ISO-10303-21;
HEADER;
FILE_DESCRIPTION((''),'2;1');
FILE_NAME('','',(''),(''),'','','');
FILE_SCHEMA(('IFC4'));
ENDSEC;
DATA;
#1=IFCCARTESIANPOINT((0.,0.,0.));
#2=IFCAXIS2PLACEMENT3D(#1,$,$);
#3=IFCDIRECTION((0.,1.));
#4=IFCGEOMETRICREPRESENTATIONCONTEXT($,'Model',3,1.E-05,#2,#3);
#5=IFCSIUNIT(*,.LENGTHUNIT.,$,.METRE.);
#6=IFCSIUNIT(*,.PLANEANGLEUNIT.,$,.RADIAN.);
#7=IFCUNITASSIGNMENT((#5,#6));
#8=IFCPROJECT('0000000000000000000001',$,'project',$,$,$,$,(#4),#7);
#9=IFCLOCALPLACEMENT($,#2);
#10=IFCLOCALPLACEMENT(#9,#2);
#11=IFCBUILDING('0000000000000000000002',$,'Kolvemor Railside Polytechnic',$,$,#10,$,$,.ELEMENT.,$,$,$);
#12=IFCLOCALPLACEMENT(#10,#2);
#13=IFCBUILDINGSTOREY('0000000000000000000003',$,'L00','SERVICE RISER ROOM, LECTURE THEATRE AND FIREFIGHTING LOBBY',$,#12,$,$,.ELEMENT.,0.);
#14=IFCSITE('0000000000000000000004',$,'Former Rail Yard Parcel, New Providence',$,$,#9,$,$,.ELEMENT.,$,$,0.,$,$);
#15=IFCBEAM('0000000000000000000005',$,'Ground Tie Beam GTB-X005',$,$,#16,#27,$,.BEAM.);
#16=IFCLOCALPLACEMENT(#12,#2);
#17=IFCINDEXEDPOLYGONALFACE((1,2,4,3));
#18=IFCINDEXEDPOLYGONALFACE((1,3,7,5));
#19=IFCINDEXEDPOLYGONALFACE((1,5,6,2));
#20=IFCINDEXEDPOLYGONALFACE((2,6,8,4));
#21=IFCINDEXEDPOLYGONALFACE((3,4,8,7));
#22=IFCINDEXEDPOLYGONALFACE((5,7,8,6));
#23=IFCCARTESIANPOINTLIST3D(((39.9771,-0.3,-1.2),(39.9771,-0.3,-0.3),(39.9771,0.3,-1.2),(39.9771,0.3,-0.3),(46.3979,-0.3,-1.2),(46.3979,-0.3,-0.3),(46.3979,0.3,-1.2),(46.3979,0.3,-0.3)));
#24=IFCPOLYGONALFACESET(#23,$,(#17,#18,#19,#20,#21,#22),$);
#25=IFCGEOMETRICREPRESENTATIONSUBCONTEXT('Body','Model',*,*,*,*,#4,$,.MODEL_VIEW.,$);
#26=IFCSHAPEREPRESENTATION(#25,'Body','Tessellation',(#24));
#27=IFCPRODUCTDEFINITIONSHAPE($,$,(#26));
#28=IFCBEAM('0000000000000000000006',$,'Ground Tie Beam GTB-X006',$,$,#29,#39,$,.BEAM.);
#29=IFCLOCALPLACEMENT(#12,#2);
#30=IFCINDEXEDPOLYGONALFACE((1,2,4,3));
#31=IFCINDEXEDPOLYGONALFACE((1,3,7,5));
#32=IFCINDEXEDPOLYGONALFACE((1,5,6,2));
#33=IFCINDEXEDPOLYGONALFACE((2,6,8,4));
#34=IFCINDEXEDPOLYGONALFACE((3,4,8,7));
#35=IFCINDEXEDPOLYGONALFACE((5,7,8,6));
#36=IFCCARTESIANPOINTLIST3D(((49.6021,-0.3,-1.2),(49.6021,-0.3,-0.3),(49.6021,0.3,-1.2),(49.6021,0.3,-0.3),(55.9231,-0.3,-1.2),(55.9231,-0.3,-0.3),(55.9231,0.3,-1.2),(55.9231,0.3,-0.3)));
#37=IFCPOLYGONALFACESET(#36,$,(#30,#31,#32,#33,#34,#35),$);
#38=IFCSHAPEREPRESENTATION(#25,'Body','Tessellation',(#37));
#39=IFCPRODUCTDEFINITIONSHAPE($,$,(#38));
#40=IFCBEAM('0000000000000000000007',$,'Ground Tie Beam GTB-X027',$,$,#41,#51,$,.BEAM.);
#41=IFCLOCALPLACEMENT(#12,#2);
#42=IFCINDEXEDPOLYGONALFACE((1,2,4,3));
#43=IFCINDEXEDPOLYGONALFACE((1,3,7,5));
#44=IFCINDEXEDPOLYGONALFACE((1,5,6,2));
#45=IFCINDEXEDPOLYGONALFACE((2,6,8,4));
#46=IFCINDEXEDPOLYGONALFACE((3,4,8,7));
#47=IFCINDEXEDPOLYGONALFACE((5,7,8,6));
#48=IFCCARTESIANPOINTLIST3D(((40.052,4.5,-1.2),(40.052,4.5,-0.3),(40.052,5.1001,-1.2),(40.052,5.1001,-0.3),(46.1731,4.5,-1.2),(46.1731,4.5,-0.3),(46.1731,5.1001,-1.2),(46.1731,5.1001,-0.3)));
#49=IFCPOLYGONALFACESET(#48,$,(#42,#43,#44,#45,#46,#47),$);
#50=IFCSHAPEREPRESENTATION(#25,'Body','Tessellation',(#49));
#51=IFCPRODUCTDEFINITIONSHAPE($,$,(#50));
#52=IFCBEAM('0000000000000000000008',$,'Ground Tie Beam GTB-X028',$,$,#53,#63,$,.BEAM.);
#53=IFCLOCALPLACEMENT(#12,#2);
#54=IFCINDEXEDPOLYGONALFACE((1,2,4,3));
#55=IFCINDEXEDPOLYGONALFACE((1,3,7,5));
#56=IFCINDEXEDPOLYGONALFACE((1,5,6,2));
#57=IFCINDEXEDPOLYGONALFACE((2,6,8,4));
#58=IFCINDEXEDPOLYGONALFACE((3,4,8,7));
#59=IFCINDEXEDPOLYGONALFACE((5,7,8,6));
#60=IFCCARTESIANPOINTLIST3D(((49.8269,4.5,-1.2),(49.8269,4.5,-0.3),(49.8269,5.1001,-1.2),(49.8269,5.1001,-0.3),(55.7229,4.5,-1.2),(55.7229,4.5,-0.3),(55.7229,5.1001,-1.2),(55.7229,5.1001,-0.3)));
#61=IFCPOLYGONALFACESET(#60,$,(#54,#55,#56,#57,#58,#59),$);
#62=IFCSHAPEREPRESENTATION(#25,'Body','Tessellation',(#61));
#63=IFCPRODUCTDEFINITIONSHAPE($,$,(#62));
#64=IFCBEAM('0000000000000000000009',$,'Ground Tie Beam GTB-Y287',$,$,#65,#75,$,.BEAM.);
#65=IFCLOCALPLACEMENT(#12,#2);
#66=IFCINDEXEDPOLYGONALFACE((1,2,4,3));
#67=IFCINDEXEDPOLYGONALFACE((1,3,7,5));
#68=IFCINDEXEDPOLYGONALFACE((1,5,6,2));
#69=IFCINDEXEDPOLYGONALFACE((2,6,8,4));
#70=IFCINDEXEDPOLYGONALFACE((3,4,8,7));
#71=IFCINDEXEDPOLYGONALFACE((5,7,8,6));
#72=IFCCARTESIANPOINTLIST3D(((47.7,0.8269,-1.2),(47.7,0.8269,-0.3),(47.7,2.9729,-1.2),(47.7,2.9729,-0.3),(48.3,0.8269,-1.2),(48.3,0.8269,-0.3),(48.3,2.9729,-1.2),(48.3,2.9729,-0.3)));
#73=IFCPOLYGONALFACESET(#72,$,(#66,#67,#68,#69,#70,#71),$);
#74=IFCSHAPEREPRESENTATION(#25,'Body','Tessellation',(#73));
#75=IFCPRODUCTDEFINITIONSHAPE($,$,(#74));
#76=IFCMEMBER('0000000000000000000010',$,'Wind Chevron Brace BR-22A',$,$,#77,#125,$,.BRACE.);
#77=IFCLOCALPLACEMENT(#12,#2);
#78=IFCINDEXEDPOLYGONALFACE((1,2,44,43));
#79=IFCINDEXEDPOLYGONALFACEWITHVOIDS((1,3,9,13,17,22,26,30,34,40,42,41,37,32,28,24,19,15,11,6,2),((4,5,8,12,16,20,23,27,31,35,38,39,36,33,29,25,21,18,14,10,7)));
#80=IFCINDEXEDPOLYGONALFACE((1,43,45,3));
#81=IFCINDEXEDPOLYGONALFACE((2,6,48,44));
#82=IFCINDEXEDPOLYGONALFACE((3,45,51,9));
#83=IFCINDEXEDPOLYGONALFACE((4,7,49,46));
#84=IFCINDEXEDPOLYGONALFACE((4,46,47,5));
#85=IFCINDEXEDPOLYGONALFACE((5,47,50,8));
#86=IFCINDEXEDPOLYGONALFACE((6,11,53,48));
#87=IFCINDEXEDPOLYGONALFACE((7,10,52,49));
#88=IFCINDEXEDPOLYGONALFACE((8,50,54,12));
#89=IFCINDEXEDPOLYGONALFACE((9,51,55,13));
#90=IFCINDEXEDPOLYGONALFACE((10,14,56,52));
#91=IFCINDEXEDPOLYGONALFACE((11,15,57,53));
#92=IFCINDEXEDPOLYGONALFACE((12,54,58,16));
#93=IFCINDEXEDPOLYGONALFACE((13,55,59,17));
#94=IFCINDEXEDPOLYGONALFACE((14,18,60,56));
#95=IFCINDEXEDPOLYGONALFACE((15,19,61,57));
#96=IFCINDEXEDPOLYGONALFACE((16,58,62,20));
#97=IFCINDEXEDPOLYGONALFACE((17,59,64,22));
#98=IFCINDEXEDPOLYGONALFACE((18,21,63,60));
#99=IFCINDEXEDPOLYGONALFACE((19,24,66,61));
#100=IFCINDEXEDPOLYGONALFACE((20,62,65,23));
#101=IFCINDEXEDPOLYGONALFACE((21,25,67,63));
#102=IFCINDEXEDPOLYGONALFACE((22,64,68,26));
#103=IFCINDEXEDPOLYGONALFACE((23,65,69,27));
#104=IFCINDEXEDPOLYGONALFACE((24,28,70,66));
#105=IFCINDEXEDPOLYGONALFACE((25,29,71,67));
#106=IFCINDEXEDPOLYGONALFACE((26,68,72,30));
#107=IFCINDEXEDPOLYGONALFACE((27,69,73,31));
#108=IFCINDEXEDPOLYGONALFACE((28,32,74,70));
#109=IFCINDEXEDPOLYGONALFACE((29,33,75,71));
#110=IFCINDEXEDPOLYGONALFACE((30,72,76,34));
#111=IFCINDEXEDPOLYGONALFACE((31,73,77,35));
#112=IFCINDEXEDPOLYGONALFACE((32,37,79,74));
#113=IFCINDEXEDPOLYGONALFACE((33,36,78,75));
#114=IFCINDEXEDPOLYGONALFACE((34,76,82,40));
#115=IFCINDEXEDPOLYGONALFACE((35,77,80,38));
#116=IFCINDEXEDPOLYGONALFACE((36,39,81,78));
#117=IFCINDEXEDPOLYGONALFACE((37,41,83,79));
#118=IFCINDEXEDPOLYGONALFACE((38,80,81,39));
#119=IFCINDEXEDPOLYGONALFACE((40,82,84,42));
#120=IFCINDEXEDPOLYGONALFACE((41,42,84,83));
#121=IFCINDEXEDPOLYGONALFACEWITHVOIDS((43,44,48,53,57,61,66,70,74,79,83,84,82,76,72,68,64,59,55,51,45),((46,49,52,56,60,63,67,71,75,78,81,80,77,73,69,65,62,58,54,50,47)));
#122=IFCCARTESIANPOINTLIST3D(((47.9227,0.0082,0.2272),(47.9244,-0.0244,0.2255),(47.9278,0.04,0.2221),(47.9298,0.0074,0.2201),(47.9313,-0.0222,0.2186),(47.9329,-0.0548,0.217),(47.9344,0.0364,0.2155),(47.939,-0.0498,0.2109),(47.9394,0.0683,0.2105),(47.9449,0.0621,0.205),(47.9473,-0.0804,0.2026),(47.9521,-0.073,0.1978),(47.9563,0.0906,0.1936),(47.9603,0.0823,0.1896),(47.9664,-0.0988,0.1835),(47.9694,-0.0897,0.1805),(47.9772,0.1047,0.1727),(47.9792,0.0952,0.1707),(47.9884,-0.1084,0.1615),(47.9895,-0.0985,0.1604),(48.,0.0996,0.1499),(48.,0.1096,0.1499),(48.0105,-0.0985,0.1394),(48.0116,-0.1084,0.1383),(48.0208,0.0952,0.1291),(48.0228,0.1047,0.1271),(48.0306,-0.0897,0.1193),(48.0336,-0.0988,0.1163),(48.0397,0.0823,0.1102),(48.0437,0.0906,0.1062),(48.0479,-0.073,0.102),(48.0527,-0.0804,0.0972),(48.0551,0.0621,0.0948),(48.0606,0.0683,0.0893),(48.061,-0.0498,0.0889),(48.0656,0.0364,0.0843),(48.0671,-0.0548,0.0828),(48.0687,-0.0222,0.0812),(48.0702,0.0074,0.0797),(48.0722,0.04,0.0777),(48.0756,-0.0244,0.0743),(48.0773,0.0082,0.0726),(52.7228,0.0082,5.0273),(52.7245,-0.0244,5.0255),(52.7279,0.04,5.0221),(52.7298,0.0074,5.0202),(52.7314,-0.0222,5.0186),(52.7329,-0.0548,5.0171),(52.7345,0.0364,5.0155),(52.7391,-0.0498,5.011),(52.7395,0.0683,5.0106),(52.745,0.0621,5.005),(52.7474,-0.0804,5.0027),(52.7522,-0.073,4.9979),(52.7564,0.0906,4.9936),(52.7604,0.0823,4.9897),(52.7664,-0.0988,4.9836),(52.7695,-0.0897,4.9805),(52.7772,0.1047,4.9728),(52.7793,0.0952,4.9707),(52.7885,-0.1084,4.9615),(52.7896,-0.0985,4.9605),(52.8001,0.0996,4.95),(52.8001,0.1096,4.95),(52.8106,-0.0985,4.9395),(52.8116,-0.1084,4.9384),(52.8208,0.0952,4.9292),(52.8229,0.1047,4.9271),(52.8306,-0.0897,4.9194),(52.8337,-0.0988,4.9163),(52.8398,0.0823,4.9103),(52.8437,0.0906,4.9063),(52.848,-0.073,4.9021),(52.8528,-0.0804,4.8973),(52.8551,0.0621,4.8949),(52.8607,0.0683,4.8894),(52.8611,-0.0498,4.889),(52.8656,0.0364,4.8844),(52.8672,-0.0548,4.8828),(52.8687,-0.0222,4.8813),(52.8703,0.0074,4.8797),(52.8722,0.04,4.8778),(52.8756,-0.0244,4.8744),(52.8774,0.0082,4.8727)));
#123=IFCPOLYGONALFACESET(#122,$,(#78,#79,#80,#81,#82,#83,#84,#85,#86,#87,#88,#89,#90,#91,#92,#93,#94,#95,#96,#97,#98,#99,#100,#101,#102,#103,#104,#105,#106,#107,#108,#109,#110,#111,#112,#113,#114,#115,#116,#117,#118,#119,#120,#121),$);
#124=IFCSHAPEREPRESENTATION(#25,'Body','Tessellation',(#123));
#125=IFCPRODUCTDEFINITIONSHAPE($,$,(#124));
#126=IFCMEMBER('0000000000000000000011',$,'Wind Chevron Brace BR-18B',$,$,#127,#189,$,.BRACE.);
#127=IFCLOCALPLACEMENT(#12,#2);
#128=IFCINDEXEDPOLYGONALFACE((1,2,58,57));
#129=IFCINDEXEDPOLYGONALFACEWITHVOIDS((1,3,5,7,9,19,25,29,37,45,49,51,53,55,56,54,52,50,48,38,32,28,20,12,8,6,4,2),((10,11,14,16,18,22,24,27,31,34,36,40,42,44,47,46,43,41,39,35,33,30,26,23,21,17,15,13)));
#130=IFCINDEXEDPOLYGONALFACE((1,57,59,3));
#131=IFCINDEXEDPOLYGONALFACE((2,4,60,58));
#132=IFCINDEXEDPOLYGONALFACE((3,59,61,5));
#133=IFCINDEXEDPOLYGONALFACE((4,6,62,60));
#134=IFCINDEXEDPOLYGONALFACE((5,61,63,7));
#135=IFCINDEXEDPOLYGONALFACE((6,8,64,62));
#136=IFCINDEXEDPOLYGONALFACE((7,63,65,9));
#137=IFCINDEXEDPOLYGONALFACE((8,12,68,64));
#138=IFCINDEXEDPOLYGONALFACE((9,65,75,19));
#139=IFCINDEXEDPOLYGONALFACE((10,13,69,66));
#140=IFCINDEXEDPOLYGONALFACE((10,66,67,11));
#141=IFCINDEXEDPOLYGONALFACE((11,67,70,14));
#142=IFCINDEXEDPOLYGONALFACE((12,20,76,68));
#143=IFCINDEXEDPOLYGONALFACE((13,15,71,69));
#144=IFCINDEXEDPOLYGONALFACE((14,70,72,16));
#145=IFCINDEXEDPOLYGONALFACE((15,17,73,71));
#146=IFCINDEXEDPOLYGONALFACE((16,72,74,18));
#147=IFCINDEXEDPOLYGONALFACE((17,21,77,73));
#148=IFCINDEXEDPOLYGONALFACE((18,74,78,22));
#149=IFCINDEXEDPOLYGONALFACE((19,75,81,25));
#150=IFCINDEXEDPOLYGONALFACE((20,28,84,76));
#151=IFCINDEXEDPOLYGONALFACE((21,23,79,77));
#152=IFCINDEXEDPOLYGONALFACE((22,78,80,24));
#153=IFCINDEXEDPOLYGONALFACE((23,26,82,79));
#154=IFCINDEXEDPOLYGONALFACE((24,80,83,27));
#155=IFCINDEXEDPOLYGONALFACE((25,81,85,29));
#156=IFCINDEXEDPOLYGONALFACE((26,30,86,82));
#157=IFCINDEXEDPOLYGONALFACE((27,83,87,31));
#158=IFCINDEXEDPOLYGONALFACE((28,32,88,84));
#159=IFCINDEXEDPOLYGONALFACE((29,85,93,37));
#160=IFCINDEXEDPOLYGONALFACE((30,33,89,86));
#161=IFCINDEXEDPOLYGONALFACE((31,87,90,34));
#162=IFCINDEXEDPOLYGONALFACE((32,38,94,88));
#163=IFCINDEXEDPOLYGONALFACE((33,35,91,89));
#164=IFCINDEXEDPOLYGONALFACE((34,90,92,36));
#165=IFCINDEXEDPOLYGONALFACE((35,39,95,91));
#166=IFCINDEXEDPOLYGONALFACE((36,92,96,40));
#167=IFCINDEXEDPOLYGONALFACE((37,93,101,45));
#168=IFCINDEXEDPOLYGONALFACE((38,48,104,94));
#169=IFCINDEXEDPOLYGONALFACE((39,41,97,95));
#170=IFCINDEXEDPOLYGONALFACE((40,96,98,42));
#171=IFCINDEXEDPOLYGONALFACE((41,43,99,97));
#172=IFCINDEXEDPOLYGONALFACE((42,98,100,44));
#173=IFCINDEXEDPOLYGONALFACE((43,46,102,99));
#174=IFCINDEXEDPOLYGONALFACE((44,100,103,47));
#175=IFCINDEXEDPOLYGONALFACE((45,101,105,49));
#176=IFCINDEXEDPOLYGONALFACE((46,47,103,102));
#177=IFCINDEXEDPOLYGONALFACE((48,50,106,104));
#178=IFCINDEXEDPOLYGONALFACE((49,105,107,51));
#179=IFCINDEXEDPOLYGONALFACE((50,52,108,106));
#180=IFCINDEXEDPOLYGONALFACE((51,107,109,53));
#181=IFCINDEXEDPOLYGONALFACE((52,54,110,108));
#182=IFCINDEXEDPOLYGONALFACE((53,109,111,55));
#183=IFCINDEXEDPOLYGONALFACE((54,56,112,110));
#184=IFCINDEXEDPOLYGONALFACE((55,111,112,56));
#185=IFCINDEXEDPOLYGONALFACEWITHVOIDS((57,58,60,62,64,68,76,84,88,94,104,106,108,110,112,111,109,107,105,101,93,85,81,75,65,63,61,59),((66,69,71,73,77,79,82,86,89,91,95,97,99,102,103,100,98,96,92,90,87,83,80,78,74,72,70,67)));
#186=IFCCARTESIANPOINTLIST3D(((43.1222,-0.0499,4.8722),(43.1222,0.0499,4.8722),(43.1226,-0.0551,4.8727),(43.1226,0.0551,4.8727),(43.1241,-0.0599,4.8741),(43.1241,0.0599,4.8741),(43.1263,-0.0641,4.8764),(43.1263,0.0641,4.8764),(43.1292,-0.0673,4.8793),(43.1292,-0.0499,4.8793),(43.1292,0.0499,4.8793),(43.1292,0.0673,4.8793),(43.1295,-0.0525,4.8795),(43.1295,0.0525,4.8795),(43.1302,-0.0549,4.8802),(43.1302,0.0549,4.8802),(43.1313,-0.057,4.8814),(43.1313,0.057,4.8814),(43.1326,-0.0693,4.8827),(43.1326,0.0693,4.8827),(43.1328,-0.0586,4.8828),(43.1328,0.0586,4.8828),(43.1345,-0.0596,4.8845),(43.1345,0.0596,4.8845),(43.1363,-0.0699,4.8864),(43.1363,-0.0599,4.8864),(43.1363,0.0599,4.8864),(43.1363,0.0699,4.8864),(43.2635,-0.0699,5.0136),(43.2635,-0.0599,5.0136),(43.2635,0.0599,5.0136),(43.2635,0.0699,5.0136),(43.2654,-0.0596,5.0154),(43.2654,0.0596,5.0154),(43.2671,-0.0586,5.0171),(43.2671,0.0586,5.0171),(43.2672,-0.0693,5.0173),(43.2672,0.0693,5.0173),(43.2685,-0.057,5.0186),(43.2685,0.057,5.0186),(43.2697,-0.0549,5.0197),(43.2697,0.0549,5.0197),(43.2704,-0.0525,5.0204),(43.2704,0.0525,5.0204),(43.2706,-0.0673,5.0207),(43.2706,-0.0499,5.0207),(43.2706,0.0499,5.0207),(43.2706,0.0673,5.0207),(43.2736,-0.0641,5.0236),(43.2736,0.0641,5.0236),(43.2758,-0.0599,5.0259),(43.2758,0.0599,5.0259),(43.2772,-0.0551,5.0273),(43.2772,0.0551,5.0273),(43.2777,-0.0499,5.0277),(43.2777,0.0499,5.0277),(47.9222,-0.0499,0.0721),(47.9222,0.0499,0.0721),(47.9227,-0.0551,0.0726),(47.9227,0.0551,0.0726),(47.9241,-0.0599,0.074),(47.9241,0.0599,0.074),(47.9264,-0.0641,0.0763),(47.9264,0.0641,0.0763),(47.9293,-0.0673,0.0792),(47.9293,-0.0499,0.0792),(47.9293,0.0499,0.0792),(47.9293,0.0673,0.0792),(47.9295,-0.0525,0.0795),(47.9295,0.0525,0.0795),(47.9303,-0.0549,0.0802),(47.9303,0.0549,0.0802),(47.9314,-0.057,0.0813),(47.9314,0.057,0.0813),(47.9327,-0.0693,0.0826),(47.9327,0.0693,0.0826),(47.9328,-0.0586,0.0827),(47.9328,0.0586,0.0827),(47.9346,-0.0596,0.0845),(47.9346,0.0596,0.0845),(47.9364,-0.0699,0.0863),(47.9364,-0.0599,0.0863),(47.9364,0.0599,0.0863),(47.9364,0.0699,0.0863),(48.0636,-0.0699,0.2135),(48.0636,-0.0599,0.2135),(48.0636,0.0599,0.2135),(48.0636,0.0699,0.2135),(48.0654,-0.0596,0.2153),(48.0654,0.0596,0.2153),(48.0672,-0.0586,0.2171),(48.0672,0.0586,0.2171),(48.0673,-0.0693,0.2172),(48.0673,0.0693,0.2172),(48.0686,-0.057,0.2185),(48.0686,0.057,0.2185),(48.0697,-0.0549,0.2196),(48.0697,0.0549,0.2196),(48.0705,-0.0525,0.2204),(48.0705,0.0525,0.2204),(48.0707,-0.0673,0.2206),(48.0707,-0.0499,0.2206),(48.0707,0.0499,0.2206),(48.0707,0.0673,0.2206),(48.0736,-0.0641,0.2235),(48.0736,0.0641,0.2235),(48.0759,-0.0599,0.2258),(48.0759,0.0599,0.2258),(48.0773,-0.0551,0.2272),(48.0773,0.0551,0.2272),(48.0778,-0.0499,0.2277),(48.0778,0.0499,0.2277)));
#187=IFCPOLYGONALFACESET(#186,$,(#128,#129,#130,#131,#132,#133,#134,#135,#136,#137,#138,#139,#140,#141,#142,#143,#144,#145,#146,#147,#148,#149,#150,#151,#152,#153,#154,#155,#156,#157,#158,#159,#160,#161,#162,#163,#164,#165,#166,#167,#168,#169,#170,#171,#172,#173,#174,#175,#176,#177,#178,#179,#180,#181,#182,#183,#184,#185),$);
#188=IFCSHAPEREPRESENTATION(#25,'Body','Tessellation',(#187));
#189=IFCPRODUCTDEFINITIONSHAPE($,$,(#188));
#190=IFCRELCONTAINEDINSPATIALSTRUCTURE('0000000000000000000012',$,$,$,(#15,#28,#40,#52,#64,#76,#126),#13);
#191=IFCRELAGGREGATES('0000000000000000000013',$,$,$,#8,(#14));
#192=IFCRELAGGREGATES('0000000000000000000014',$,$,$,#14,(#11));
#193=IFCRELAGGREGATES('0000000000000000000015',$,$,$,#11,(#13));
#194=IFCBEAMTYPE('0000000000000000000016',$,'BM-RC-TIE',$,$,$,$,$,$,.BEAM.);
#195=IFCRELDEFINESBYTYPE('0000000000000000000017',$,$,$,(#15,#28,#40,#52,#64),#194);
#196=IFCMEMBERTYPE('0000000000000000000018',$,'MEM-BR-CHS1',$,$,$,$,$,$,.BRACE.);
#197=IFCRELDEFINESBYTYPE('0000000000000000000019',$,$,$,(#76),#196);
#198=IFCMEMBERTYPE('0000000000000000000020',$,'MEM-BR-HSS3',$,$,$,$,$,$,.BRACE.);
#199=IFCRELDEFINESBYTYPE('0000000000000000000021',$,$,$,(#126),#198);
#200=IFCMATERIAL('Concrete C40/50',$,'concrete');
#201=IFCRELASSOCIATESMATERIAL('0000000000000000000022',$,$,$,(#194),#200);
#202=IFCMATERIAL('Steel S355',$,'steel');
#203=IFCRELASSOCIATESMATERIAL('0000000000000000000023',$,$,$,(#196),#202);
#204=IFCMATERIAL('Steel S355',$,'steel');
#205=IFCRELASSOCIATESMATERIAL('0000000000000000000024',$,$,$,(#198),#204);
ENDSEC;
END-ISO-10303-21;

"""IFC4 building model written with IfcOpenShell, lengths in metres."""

from ifc_helpers import new_model, si_unit, direction, frame, origin, origin_2d, place, context, subcontext, project, spatial, rectangle, hollow_rectangle, hollow_circle, extrude, material, material_profile, profile_set, type_object, element, save


model = new_model("IFC4")

# Units and contexts
model_context = context("Model", 3, precision=1e-05, world=origin(), true_north=direction((0.0, 1.0)))
body_context = subcontext(model_context, "Body", "Model", "MODEL_VIEW")
ifc_project = project(units=[si_unit("LENGTHUNIT", "METRE"), si_unit("PLANEANGLEUNIT", "RADIAN")], contexts=[model_context])

# Site, building, storey
site_placement = place(None, origin())
site = spatial("IfcSite", under=ifc_project, at=site_placement, Name="Former Rail Yard Parcel, New Providence", CompositionType="ELEMENT", RefElevation=0.0)
building_placement = place(site_placement, origin())
building = spatial("IfcBuilding", under=site, at=building_placement, Name="Kolvemor Railside Polytechnic", CompositionType="ELEMENT")
storey_placement = place(building_placement, origin())
storey = spatial("IfcBuildingStorey", under=building, at=storey_placement, Name="L00", Description="SERVICE RISER ROOM, LECTURE THEATRE AND FIREFIGHTING LOBBY", CompositionType="ELEMENT", Elevation=0.0)

# Beams
ifc_material_1 = material(Name="Concrete C40/50", Category="concrete")
ifc_material_profile_1 = material_profile(ifc_material_1, rectangle(XDim=0.6001, YDim=0.8999, at=origin_2d()), Name="RC600x900")
ifc_profile_set_1 = profile_set([ifc_material_profile_1], Name="Concrete C40/50")
beam_type_1 = type_object("IfcBeamType", Name="BM-RC-TIE", PredefinedType="BEAM", material=ifc_profile_set_1)
beam_1_placement = place(storey_placement, frame((39.9771, 0.0, -0.75), z_axis=(1.0, 0.0, 0.0), x_axis=(0.0, 1.0, 0.0)))
element("IfcBeam", 1, at=beam_1_placement, inside=storey, type_object=beam_type_1, Name="Ground Tie Beam GTB-X005", PredefinedType="BEAM", context=body_context, shape_type="SweptSolid", body=[
    extrude(rectangle(XDim=0.6001, YDim=0.8999, at=origin_2d()), origin(), (0.0, 0.0, 1.0), 6.4209),
])
beam_2_placement = place(storey_placement, frame((49.6021, 0.0, -0.75), z_axis=(1.0, 0.0, 0.0), x_axis=(0.0, 1.0, 0.0)))
element("IfcBeam", 2, at=beam_2_placement, inside=storey, type_object=beam_type_1, Name="Ground Tie Beam GTB-X006", PredefinedType="BEAM", context=body_context, shape_type="SweptSolid", body=[
    extrude(rectangle(XDim=0.6001, YDim=0.8999, at=origin_2d()), origin(), (0.0, 0.0, 1.0), 6.321),
])
beam_3_placement = place(storey_placement, frame((40.052, 4.8, -0.75), z_axis=(1.0, 0.0, 0.0), x_axis=(0.0, 1.0, 0.0)))
element("IfcBeam", 3, at=beam_3_placement, inside=storey, type_object=beam_type_1, Name="Ground Tie Beam GTB-X027", PredefinedType="BEAM", context=body_context, shape_type="SweptSolid", body=[
    extrude(rectangle(XDim=0.6001, YDim=0.8999, at=origin_2d()), origin(), (0.0, 0.0, 1.0), 6.1211),
])
beam_4_placement = place(storey_placement, frame((49.8269, 4.8, -0.75), z_axis=(1.0, 0.0, 0.0), x_axis=(0.0, 1.0, 0.0)))
element("IfcBeam", 4, at=beam_4_placement, inside=storey, type_object=beam_type_1, Name="Ground Tie Beam GTB-X028", PredefinedType="BEAM", context=body_context, shape_type="SweptSolid", body=[
    extrude(rectangle(XDim=0.6001, YDim=0.8999, at=origin_2d()), origin(), (0.0, 0.0, 1.0), 5.896),
])
beam_5_placement = place(storey_placement, frame((48.0, 0.8269, -0.75), z_axis=(0.0, 1.0, 0.0), x_axis=(-1.0, 0.0, 0.0)))
element("IfcBeam", 5, at=beam_5_placement, inside=storey, type_object=beam_type_1, Name="Ground Tie Beam GTB-Y287", PredefinedType="BEAM", context=body_context, shape_type="SweptSolid", body=[
    extrude(rectangle(XDim=0.6001, YDim=0.8999, at=origin_2d()), origin(), (0.0, 0.0, 1.0), 2.146),
])

# Members
ifc_material_2 = material(Name="Steel S355", Category="steel")
ifc_material_profile_2 = material_profile(ifc_material_2, hollow_circle(Radius=0.1096, WallThickness=0.01, at=origin_2d()), Name="CHS219.1x10")
ifc_profile_set_2 = profile_set([ifc_material_profile_2], Name="Steel S355")
member_type_1 = type_object("IfcMemberType", Name="MEM-BR-CHS1", PredefinedType="BRACE", material=ifc_profile_set_2)
member_1_placement = place(storey_placement, frame((48.0, 0.0, 0.1499), z_axis=(0.707107, 0.0, 0.707107), x_axis=(0.0, 1.0, 0.0)))
element("IfcMember", 6, at=member_1_placement, inside=storey, type_object=member_type_1, Name="Wind Chevron Brace BR-22A", PredefinedType="BRACE", context=body_context, shape_type="SweptSolid", body=[
    extrude(hollow_circle(Radius=0.1096, WallThickness=0.01, at=origin_2d()), origin(), (0.0, 0.0, 1.0), 6.7883),
])
ifc_material_3 = material(Name="Steel S355", Category="steel")
ifc_material_profile_3 = material_profile(ifc_material_3, hollow_rectangle(XDim=0.1399, YDim=0.22, WallThickness=0.01, InnerFilletRadius=0.01, OuterFilletRadius=0.02, at=origin_2d()), Name="HSS220x140x10")
ifc_profile_set_3 = profile_set([ifc_material_profile_3], Name="Steel S355")
member_type_2 = type_object("IfcMemberType", Name="MEM-BR-HSS3", PredefinedType="BRACE", material=ifc_profile_set_3)
member_2_placement = place(storey_placement, frame((48.0, 0.0, 0.1499), z_axis=(-0.707107, 0.0, 0.707107), x_axis=(0.0, -1.0, 0.0)))
element("IfcMember", 7, at=member_2_placement, inside=storey, type_object=member_type_2, Name="Wind Chevron Brace BR-18B", PredefinedType="BRACE", context=body_context, shape_type="SweptSolid", body=[
    extrude(hollow_rectangle(XDim=0.1399, YDim=0.22, WallThickness=0.01, InnerFilletRadius=0.01, OuterFilletRadius=0.02, at=origin_2d()), origin(), (0.0, 0.0, 1.0), 6.7883),
])

save(model, "model.ifc")
